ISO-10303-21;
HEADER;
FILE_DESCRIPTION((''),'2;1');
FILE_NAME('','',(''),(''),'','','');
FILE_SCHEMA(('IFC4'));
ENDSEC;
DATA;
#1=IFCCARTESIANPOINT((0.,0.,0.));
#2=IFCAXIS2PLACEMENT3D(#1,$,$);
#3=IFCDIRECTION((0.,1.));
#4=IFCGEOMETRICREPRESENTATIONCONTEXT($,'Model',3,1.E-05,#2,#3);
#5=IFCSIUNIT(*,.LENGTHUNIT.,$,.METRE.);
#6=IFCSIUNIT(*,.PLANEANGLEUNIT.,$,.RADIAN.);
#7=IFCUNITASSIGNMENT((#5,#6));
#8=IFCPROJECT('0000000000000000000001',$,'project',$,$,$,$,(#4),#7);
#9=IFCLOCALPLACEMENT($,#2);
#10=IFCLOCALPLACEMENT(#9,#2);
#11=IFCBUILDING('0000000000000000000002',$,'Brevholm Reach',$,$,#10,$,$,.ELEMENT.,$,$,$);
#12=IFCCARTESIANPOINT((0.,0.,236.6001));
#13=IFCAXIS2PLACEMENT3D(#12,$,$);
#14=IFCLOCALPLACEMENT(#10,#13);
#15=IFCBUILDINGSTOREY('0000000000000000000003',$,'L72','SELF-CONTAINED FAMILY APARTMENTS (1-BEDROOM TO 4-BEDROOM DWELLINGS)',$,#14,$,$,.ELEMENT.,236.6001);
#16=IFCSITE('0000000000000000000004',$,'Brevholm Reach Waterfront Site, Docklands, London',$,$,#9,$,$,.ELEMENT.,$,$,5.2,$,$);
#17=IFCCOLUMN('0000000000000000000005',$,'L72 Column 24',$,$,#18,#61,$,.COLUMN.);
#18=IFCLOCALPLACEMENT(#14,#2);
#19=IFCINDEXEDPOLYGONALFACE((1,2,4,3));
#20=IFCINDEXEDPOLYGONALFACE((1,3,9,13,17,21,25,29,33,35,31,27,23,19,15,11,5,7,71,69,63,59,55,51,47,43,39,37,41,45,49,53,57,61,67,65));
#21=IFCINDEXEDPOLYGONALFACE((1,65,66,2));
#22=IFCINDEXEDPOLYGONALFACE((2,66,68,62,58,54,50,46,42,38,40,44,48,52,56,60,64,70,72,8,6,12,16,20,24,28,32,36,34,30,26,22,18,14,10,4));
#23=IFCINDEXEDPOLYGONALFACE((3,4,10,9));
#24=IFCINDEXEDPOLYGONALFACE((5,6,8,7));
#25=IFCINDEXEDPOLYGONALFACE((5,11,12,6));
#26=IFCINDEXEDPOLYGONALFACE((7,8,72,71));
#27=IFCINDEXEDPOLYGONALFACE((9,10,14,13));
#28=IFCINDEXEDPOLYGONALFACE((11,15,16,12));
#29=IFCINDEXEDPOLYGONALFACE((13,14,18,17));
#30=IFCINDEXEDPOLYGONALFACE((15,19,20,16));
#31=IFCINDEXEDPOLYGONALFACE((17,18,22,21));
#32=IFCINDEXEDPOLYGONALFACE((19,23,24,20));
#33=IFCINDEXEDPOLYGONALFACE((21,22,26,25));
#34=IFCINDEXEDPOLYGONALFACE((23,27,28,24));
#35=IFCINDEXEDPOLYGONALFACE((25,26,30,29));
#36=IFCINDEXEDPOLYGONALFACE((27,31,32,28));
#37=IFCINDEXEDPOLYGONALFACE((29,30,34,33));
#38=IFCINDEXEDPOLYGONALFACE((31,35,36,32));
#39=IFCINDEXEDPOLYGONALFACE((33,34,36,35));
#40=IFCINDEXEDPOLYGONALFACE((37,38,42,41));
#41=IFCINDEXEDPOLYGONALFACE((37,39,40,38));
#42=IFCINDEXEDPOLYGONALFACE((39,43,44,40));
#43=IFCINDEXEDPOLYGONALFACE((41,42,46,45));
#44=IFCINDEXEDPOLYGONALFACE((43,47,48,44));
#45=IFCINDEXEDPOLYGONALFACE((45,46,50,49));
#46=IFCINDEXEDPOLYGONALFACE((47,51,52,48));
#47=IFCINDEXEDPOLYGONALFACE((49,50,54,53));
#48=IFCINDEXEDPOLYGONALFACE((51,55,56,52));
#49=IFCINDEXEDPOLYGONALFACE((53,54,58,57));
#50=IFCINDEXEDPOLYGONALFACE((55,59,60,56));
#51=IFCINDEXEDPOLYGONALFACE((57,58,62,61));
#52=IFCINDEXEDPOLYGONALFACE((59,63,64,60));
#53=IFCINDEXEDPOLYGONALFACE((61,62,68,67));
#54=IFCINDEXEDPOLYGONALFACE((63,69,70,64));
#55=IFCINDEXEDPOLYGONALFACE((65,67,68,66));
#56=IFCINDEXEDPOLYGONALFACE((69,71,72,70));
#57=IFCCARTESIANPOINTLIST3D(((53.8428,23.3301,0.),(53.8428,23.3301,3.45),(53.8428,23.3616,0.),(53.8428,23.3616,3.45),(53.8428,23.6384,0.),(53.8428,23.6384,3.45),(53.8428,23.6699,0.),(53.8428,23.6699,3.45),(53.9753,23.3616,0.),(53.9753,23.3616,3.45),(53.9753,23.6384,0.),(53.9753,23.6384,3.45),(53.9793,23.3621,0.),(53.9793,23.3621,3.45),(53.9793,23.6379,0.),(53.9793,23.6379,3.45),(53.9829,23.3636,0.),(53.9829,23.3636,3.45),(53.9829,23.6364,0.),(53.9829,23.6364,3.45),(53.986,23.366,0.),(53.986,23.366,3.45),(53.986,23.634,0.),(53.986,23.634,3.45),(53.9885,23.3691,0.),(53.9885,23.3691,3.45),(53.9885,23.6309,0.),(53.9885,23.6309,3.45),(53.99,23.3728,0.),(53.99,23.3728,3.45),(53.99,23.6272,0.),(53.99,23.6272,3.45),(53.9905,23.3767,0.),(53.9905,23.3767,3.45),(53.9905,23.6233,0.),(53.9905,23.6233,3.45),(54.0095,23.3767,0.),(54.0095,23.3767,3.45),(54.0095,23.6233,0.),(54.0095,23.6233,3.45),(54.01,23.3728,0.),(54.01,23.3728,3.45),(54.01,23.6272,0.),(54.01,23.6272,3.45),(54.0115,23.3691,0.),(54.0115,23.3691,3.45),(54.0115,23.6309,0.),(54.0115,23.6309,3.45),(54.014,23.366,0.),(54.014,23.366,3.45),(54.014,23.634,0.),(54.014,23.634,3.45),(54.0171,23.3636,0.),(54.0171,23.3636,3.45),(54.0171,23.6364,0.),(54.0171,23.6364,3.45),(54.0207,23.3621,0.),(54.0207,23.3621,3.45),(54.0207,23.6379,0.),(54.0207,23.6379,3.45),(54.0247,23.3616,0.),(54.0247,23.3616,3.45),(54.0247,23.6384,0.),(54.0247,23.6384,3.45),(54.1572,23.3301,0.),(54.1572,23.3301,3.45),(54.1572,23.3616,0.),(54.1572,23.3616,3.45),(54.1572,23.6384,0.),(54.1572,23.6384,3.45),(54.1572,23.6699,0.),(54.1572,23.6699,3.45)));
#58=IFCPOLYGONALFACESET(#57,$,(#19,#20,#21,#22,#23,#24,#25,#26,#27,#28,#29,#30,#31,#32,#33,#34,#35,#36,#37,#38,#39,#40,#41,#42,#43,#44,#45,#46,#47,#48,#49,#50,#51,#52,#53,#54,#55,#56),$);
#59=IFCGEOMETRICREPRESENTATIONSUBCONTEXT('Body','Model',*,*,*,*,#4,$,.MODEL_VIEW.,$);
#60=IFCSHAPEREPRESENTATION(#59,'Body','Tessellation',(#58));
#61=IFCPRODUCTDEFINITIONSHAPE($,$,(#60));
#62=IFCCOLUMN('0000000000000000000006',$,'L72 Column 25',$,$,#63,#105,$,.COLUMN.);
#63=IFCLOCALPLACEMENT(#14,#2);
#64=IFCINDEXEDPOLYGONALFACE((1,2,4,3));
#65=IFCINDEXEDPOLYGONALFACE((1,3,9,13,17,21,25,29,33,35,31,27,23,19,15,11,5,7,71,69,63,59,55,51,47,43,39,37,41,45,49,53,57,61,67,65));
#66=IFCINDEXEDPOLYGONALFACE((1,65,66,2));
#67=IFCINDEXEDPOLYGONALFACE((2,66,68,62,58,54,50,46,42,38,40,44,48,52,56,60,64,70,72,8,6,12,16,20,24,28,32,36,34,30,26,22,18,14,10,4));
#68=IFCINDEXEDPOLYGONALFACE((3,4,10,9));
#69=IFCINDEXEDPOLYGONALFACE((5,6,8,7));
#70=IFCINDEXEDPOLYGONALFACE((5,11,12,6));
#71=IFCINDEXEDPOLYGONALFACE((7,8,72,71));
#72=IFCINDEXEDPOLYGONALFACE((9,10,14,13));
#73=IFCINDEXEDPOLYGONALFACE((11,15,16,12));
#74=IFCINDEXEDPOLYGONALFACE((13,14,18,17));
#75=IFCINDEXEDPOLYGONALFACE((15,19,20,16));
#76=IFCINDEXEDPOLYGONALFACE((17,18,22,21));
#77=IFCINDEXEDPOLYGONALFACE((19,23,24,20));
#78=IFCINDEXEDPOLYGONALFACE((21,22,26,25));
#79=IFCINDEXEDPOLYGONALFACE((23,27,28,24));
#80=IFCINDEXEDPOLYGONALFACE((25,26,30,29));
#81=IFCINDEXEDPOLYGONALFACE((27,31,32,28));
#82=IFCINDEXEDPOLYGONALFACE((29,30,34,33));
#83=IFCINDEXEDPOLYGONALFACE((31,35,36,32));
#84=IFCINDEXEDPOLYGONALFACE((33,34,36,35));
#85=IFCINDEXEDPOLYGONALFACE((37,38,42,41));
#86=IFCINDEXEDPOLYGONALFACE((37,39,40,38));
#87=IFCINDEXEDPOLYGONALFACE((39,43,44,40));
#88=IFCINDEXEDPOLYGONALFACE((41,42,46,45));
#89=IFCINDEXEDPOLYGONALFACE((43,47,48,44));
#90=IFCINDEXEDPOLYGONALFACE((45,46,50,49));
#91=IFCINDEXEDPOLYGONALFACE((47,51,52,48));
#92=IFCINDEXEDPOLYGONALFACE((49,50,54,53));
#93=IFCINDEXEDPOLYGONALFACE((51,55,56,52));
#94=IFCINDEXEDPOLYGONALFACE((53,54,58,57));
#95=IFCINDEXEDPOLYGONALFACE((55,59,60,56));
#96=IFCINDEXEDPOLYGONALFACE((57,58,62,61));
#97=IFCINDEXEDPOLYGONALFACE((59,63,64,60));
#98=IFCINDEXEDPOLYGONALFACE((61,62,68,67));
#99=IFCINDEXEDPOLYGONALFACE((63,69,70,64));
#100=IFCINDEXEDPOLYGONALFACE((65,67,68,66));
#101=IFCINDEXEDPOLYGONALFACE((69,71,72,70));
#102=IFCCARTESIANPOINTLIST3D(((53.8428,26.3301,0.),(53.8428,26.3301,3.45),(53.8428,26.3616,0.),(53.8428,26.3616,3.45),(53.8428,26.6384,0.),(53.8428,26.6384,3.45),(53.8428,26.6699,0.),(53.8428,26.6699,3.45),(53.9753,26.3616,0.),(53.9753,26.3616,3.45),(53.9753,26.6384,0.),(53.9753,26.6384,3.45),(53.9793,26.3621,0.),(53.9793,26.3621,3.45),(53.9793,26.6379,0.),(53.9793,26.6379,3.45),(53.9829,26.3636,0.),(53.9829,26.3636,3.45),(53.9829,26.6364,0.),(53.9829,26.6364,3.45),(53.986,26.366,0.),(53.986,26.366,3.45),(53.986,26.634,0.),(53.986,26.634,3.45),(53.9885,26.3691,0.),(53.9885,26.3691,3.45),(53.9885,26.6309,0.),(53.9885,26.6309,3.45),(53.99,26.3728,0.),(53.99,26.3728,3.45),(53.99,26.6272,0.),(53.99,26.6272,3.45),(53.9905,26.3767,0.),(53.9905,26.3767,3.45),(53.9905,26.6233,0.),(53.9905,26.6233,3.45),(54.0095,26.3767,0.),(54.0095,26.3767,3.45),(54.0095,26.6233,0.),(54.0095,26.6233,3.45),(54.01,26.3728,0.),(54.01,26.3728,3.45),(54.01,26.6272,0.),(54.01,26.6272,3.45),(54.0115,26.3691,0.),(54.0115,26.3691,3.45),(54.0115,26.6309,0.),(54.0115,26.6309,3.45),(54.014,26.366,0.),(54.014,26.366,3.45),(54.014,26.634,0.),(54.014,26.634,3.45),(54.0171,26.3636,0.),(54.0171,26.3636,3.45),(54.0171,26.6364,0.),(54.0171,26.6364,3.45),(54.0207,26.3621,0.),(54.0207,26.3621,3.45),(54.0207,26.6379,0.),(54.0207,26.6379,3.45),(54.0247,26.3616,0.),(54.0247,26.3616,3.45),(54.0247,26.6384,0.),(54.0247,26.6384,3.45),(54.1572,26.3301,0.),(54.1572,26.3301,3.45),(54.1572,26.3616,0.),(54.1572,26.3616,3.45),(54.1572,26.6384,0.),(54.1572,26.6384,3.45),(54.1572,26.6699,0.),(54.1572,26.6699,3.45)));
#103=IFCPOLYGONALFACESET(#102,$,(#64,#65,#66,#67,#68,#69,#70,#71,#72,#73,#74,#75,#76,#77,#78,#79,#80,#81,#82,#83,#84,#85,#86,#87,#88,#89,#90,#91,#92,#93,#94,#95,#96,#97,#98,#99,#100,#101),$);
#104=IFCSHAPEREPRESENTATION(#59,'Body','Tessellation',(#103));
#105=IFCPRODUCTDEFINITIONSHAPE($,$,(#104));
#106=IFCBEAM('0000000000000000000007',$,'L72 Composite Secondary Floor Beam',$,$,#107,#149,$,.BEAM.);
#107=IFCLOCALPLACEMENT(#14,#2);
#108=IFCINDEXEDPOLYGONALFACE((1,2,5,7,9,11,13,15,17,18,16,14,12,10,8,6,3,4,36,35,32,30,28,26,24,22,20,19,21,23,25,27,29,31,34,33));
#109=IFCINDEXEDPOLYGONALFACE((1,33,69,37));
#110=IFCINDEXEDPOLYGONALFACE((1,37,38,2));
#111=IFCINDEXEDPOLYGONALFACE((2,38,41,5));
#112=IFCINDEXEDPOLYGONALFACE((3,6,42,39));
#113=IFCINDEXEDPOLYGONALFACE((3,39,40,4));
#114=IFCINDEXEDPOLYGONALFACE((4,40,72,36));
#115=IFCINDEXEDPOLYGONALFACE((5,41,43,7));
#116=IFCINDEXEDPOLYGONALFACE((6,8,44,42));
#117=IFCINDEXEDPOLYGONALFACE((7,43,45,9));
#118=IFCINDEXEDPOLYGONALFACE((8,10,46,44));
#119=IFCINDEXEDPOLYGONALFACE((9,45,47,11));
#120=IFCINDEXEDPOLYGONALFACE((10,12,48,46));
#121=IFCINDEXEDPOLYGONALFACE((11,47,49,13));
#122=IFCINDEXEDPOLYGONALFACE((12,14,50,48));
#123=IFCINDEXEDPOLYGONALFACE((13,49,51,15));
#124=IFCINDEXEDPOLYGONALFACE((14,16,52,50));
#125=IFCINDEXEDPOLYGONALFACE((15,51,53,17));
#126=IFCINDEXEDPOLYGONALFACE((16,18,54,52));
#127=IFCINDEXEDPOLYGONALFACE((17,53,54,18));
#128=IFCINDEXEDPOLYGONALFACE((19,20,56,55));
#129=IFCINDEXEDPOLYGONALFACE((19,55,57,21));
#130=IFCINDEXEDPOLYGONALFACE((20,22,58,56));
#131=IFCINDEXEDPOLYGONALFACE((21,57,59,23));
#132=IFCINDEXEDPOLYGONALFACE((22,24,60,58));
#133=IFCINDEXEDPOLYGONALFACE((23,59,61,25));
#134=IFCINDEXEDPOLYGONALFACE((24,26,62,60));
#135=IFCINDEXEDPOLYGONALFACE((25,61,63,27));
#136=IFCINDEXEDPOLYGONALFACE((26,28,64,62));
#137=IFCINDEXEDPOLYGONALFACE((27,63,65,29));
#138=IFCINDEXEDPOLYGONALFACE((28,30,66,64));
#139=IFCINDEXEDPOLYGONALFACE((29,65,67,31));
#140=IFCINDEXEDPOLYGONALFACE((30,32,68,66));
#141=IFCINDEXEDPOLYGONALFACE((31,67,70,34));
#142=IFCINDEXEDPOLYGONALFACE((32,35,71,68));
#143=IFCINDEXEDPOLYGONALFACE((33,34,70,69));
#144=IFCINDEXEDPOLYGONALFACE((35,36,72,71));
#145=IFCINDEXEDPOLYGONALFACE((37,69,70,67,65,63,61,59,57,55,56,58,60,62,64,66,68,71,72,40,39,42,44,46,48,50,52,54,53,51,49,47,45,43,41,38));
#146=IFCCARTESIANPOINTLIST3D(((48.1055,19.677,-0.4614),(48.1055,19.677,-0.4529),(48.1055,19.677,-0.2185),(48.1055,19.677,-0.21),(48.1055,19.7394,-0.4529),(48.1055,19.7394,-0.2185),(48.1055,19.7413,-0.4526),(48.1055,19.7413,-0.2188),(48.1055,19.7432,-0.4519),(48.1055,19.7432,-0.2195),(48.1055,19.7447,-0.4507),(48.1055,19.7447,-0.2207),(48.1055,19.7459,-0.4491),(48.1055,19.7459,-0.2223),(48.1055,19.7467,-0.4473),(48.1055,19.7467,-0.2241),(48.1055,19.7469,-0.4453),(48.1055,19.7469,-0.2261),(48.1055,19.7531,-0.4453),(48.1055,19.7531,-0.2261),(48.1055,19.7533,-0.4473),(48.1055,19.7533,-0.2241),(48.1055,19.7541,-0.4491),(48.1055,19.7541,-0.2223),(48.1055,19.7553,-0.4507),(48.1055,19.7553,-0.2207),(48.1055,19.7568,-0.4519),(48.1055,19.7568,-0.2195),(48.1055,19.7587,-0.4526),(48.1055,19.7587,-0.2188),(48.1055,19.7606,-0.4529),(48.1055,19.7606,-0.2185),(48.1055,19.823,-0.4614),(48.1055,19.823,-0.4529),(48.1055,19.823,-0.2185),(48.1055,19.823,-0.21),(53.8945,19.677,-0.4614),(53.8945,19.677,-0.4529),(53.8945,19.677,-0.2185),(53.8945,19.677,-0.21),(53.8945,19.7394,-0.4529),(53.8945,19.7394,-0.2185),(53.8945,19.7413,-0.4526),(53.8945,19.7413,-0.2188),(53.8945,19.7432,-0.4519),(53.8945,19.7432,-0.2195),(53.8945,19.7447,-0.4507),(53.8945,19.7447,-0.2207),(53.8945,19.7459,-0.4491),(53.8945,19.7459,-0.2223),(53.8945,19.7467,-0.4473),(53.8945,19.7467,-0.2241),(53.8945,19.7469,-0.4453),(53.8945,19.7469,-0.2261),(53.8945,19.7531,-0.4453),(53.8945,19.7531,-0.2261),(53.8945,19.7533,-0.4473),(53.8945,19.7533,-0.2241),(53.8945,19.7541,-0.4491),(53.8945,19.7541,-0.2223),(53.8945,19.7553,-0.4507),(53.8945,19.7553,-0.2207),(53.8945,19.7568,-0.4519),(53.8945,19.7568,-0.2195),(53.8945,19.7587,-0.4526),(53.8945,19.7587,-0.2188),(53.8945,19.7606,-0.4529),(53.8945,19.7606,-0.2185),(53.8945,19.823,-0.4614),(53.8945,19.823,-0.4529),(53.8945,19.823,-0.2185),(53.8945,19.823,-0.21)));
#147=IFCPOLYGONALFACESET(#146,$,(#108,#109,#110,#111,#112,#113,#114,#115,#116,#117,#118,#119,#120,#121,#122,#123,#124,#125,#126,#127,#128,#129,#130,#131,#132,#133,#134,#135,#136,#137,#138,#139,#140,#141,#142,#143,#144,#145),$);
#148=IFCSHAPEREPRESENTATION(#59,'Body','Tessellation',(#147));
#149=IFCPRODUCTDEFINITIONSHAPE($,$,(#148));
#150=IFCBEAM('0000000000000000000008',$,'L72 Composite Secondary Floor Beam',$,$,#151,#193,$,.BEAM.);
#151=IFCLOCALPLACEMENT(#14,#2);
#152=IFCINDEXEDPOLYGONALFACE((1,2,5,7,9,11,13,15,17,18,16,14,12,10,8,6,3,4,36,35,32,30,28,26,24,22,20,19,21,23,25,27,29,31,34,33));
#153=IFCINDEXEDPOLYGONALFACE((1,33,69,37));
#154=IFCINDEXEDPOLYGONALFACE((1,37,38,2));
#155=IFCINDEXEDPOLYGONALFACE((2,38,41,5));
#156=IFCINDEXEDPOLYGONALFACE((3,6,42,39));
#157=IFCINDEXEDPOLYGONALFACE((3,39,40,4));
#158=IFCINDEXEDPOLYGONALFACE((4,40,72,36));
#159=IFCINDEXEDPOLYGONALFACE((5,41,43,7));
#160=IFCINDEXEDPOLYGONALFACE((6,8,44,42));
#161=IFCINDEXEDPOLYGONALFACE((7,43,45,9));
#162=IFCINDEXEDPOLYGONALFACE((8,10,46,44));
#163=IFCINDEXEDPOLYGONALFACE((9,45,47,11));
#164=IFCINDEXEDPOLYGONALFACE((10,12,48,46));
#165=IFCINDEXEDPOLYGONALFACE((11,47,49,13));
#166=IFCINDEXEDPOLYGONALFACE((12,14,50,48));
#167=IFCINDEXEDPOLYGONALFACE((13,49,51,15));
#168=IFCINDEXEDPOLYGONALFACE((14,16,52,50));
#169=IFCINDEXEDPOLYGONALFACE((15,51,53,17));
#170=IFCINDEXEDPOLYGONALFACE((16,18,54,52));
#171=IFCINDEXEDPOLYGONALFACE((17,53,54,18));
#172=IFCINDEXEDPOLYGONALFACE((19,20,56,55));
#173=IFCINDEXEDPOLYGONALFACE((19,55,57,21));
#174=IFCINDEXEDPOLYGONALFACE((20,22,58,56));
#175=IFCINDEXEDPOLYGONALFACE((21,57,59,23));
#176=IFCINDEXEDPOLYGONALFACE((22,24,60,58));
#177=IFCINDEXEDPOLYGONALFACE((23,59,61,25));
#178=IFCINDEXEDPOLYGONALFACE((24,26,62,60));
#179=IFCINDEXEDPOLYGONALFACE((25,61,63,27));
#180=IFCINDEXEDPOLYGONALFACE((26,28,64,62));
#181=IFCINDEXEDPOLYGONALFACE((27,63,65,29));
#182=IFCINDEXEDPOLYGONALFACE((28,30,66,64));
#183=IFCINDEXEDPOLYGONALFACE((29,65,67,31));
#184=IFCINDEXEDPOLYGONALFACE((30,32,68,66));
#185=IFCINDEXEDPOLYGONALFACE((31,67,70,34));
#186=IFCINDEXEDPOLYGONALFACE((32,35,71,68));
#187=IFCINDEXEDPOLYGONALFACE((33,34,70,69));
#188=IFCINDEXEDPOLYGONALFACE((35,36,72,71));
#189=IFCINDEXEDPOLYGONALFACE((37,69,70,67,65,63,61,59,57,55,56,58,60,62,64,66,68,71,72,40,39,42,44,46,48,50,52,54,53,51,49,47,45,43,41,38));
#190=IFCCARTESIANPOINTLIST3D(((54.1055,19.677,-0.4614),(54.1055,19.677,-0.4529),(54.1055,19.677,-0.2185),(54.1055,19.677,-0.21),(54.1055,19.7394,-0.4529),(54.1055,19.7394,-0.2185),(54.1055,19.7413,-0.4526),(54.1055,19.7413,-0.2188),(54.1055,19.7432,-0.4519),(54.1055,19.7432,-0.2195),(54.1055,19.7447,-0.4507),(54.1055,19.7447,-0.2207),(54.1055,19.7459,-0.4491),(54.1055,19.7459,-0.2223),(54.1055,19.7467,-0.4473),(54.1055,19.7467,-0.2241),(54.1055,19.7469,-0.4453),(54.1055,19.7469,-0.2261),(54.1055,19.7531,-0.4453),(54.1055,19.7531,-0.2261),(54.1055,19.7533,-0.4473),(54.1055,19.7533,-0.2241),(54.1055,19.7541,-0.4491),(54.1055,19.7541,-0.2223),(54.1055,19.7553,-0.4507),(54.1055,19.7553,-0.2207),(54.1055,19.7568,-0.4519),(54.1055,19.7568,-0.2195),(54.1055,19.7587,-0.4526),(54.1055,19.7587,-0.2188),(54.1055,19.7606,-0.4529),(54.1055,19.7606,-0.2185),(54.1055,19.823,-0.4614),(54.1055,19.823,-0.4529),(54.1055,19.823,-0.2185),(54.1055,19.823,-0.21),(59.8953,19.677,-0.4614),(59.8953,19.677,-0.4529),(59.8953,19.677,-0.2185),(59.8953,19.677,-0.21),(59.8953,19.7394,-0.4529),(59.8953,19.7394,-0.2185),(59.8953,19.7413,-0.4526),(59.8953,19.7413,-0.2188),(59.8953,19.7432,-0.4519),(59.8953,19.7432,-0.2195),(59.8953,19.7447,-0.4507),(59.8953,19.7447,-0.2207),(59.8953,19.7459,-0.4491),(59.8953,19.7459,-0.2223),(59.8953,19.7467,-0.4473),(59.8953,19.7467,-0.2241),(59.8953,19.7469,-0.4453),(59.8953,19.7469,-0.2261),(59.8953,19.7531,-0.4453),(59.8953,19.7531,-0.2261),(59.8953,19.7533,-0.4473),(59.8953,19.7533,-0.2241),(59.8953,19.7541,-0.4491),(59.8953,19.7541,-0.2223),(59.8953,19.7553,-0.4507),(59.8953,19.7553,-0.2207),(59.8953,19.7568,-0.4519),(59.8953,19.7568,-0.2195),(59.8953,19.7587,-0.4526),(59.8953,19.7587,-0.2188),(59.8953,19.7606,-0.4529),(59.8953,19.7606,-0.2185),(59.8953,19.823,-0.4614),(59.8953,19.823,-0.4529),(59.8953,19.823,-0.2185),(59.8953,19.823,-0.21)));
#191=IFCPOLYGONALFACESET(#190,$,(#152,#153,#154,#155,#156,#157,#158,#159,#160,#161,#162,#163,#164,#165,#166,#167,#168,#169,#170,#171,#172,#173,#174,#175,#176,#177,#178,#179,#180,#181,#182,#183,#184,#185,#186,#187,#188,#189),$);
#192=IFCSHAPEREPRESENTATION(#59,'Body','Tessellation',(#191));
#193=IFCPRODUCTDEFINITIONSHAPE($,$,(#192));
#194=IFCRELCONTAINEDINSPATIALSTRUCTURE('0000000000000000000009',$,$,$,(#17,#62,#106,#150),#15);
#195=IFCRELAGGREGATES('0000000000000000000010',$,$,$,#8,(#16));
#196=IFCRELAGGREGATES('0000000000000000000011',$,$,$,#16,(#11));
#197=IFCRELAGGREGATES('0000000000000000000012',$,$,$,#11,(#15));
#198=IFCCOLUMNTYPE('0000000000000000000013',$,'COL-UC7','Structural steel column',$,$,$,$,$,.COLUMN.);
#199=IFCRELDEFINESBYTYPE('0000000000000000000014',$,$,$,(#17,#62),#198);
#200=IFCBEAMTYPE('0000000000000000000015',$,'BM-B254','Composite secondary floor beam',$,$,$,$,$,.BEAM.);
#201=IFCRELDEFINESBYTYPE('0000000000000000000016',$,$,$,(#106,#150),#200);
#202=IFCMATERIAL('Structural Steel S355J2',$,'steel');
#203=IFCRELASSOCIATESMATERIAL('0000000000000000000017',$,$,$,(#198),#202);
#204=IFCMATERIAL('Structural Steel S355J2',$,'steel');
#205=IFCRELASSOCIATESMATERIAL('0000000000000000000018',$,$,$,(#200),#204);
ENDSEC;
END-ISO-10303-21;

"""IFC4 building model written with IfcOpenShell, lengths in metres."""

from ifc_helpers import new_model, si_unit, direction, frame, origin, origin_2d, place, context, subcontext, project, spatial, i_section, extrude, material, material_profile, profile_set, type_object, element, save


model = new_model("IFC4")

# Units and contexts
model_context = context("Model", 3, precision=1e-05, world=origin(), true_north=direction((0.0, 1.0)))
body_context = subcontext(model_context, "Body", "Model", "MODEL_VIEW")
ifc_project = project(units=[si_unit("LENGTHUNIT", "METRE"), si_unit("PLANEANGLEUNIT", "RADIAN")], contexts=[model_context])

# Site, building, storey
site_placement = place(None, origin())
site = spatial("IfcSite", under=ifc_project, at=site_placement, Name="Brevholm Reach Waterfront Site, Docklands, London", CompositionType="ELEMENT", RefElevation=5.2)
building_placement = place(site_placement, origin())
building = spatial("IfcBuilding", under=site, at=building_placement, Name="Brevholm Reach", CompositionType="ELEMENT")
storey_placement = place(building_placement, frame((0.0, 0.0, 236.6001)))
storey = spatial("IfcBuildingStorey", under=building, at=storey_placement, Name="L72", Description="SELF-CONTAINED FAMILY APARTMENTS (1-BEDROOM TO 4-BEDROOM DWELLINGS)", CompositionType="ELEMENT", Elevation=236.6001)

# Columns
ifc_material_1 = material(Name="Structural Steel S355J2", Category="steel")
ifc_material_profile_1 = material_profile(ifc_material_1, i_section(OverallWidth=0.3145, OverallDepth=0.3398, WebThickness=0.019, FlangeThickness=0.0315, FilletRadius=0.0151, at=origin_2d()), Name="UKC 305x305x198")
ifc_profile_set_1 = profile_set([ifc_material_profile_1], Name="Structural Steel S355J2")
column_type = type_object("IfcColumnType", Name="COL-UC7", Description="Structural steel column", PredefinedType="COLUMN", material=ifc_profile_set_1)
for number, where, z_axis, x_axis, name in (
    (1, (54.0, 23.5, 0.0), (0.0, 0.0, 1.0), (1.0, 0.0, 0.0), "L72 Column 24"),
    (2, (54.0, 26.5, 0.0), (0.0, 0.0, 1.0), (1.0, 0.0, 0.0), "L72 Column 25"),
):
    element("IfcColumn", number, at=place(storey_placement, frame(where, z_axis=z_axis, x_axis=x_axis)), inside=storey, type_object=column_type, Name=name, PredefinedType="COLUMN", context=body_context, shape_type="SweptSolid", body=[
        extrude(i_section(OverallWidth=0.3145, OverallDepth=0.3398, WebThickness=0.019, FlangeThickness=0.0315, FilletRadius=0.0151, at=origin_2d()), origin(), (0.0, 0.0, 1.0), 3.45),
    ])

# Beams
ifc_material_2 = material(Name="Structural Steel S355J2", Category="steel")
ifc_material_profile_2 = material_profile(ifc_material_2, i_section(OverallWidth=0.146, OverallDepth=0.2515, WebThickness=0.0061, FlangeThickness=0.0085, FilletRadius=0.0076, at=origin_2d()), Name="UKB 254x146x31")
ifc_profile_set_2 = profile_set([ifc_material_profile_2], Name="Structural Steel S355J2")
beam_type_1 = type_object("IfcBeamType", Name="BM-B254", Description="Composite secondary floor beam", PredefinedType="BEAM", material=ifc_profile_set_2)
beam_1_placement = place(storey_placement, frame((48.1055, 19.75, -0.3357), z_axis=(1.0, 0.0, 0.0), x_axis=(0.0, 1.0, 0.0)))
element("IfcBeam", 3, at=beam_1_placement, inside=storey, type_object=beam_type_1, Name="L72 Composite Secondary Floor Beam", PredefinedType="BEAM", context=body_context, shape_type="SweptSolid", body=[
    extrude(i_section(OverallWidth=0.146, OverallDepth=0.2515, WebThickness=0.0061, FlangeThickness=0.0085, FilletRadius=0.0076, at=origin_2d()), origin(), (0.0, 0.0, 1.0), 5.7891),
])
beam_2_placement = place(storey_placement, frame((54.1055, 19.75, -0.3357), z_axis=(1.0, 0.0, 0.0), x_axis=(0.0, 1.0, 0.0)))
element("IfcBeam", 4, at=beam_2_placement, inside=storey, type_object=beam_type_1, Name="L72 Composite Secondary Floor Beam", PredefinedType="BEAM", context=body_context, shape_type="SweptSolid", body=[
    extrude(i_section(OverallWidth=0.146, OverallDepth=0.2515, WebThickness=0.0061, FlangeThickness=0.0085, FilletRadius=0.0076, at=origin_2d()), origin(), (0.0, 0.0, 1.0), 5.7898),
])

save(model, "model.ifc")
